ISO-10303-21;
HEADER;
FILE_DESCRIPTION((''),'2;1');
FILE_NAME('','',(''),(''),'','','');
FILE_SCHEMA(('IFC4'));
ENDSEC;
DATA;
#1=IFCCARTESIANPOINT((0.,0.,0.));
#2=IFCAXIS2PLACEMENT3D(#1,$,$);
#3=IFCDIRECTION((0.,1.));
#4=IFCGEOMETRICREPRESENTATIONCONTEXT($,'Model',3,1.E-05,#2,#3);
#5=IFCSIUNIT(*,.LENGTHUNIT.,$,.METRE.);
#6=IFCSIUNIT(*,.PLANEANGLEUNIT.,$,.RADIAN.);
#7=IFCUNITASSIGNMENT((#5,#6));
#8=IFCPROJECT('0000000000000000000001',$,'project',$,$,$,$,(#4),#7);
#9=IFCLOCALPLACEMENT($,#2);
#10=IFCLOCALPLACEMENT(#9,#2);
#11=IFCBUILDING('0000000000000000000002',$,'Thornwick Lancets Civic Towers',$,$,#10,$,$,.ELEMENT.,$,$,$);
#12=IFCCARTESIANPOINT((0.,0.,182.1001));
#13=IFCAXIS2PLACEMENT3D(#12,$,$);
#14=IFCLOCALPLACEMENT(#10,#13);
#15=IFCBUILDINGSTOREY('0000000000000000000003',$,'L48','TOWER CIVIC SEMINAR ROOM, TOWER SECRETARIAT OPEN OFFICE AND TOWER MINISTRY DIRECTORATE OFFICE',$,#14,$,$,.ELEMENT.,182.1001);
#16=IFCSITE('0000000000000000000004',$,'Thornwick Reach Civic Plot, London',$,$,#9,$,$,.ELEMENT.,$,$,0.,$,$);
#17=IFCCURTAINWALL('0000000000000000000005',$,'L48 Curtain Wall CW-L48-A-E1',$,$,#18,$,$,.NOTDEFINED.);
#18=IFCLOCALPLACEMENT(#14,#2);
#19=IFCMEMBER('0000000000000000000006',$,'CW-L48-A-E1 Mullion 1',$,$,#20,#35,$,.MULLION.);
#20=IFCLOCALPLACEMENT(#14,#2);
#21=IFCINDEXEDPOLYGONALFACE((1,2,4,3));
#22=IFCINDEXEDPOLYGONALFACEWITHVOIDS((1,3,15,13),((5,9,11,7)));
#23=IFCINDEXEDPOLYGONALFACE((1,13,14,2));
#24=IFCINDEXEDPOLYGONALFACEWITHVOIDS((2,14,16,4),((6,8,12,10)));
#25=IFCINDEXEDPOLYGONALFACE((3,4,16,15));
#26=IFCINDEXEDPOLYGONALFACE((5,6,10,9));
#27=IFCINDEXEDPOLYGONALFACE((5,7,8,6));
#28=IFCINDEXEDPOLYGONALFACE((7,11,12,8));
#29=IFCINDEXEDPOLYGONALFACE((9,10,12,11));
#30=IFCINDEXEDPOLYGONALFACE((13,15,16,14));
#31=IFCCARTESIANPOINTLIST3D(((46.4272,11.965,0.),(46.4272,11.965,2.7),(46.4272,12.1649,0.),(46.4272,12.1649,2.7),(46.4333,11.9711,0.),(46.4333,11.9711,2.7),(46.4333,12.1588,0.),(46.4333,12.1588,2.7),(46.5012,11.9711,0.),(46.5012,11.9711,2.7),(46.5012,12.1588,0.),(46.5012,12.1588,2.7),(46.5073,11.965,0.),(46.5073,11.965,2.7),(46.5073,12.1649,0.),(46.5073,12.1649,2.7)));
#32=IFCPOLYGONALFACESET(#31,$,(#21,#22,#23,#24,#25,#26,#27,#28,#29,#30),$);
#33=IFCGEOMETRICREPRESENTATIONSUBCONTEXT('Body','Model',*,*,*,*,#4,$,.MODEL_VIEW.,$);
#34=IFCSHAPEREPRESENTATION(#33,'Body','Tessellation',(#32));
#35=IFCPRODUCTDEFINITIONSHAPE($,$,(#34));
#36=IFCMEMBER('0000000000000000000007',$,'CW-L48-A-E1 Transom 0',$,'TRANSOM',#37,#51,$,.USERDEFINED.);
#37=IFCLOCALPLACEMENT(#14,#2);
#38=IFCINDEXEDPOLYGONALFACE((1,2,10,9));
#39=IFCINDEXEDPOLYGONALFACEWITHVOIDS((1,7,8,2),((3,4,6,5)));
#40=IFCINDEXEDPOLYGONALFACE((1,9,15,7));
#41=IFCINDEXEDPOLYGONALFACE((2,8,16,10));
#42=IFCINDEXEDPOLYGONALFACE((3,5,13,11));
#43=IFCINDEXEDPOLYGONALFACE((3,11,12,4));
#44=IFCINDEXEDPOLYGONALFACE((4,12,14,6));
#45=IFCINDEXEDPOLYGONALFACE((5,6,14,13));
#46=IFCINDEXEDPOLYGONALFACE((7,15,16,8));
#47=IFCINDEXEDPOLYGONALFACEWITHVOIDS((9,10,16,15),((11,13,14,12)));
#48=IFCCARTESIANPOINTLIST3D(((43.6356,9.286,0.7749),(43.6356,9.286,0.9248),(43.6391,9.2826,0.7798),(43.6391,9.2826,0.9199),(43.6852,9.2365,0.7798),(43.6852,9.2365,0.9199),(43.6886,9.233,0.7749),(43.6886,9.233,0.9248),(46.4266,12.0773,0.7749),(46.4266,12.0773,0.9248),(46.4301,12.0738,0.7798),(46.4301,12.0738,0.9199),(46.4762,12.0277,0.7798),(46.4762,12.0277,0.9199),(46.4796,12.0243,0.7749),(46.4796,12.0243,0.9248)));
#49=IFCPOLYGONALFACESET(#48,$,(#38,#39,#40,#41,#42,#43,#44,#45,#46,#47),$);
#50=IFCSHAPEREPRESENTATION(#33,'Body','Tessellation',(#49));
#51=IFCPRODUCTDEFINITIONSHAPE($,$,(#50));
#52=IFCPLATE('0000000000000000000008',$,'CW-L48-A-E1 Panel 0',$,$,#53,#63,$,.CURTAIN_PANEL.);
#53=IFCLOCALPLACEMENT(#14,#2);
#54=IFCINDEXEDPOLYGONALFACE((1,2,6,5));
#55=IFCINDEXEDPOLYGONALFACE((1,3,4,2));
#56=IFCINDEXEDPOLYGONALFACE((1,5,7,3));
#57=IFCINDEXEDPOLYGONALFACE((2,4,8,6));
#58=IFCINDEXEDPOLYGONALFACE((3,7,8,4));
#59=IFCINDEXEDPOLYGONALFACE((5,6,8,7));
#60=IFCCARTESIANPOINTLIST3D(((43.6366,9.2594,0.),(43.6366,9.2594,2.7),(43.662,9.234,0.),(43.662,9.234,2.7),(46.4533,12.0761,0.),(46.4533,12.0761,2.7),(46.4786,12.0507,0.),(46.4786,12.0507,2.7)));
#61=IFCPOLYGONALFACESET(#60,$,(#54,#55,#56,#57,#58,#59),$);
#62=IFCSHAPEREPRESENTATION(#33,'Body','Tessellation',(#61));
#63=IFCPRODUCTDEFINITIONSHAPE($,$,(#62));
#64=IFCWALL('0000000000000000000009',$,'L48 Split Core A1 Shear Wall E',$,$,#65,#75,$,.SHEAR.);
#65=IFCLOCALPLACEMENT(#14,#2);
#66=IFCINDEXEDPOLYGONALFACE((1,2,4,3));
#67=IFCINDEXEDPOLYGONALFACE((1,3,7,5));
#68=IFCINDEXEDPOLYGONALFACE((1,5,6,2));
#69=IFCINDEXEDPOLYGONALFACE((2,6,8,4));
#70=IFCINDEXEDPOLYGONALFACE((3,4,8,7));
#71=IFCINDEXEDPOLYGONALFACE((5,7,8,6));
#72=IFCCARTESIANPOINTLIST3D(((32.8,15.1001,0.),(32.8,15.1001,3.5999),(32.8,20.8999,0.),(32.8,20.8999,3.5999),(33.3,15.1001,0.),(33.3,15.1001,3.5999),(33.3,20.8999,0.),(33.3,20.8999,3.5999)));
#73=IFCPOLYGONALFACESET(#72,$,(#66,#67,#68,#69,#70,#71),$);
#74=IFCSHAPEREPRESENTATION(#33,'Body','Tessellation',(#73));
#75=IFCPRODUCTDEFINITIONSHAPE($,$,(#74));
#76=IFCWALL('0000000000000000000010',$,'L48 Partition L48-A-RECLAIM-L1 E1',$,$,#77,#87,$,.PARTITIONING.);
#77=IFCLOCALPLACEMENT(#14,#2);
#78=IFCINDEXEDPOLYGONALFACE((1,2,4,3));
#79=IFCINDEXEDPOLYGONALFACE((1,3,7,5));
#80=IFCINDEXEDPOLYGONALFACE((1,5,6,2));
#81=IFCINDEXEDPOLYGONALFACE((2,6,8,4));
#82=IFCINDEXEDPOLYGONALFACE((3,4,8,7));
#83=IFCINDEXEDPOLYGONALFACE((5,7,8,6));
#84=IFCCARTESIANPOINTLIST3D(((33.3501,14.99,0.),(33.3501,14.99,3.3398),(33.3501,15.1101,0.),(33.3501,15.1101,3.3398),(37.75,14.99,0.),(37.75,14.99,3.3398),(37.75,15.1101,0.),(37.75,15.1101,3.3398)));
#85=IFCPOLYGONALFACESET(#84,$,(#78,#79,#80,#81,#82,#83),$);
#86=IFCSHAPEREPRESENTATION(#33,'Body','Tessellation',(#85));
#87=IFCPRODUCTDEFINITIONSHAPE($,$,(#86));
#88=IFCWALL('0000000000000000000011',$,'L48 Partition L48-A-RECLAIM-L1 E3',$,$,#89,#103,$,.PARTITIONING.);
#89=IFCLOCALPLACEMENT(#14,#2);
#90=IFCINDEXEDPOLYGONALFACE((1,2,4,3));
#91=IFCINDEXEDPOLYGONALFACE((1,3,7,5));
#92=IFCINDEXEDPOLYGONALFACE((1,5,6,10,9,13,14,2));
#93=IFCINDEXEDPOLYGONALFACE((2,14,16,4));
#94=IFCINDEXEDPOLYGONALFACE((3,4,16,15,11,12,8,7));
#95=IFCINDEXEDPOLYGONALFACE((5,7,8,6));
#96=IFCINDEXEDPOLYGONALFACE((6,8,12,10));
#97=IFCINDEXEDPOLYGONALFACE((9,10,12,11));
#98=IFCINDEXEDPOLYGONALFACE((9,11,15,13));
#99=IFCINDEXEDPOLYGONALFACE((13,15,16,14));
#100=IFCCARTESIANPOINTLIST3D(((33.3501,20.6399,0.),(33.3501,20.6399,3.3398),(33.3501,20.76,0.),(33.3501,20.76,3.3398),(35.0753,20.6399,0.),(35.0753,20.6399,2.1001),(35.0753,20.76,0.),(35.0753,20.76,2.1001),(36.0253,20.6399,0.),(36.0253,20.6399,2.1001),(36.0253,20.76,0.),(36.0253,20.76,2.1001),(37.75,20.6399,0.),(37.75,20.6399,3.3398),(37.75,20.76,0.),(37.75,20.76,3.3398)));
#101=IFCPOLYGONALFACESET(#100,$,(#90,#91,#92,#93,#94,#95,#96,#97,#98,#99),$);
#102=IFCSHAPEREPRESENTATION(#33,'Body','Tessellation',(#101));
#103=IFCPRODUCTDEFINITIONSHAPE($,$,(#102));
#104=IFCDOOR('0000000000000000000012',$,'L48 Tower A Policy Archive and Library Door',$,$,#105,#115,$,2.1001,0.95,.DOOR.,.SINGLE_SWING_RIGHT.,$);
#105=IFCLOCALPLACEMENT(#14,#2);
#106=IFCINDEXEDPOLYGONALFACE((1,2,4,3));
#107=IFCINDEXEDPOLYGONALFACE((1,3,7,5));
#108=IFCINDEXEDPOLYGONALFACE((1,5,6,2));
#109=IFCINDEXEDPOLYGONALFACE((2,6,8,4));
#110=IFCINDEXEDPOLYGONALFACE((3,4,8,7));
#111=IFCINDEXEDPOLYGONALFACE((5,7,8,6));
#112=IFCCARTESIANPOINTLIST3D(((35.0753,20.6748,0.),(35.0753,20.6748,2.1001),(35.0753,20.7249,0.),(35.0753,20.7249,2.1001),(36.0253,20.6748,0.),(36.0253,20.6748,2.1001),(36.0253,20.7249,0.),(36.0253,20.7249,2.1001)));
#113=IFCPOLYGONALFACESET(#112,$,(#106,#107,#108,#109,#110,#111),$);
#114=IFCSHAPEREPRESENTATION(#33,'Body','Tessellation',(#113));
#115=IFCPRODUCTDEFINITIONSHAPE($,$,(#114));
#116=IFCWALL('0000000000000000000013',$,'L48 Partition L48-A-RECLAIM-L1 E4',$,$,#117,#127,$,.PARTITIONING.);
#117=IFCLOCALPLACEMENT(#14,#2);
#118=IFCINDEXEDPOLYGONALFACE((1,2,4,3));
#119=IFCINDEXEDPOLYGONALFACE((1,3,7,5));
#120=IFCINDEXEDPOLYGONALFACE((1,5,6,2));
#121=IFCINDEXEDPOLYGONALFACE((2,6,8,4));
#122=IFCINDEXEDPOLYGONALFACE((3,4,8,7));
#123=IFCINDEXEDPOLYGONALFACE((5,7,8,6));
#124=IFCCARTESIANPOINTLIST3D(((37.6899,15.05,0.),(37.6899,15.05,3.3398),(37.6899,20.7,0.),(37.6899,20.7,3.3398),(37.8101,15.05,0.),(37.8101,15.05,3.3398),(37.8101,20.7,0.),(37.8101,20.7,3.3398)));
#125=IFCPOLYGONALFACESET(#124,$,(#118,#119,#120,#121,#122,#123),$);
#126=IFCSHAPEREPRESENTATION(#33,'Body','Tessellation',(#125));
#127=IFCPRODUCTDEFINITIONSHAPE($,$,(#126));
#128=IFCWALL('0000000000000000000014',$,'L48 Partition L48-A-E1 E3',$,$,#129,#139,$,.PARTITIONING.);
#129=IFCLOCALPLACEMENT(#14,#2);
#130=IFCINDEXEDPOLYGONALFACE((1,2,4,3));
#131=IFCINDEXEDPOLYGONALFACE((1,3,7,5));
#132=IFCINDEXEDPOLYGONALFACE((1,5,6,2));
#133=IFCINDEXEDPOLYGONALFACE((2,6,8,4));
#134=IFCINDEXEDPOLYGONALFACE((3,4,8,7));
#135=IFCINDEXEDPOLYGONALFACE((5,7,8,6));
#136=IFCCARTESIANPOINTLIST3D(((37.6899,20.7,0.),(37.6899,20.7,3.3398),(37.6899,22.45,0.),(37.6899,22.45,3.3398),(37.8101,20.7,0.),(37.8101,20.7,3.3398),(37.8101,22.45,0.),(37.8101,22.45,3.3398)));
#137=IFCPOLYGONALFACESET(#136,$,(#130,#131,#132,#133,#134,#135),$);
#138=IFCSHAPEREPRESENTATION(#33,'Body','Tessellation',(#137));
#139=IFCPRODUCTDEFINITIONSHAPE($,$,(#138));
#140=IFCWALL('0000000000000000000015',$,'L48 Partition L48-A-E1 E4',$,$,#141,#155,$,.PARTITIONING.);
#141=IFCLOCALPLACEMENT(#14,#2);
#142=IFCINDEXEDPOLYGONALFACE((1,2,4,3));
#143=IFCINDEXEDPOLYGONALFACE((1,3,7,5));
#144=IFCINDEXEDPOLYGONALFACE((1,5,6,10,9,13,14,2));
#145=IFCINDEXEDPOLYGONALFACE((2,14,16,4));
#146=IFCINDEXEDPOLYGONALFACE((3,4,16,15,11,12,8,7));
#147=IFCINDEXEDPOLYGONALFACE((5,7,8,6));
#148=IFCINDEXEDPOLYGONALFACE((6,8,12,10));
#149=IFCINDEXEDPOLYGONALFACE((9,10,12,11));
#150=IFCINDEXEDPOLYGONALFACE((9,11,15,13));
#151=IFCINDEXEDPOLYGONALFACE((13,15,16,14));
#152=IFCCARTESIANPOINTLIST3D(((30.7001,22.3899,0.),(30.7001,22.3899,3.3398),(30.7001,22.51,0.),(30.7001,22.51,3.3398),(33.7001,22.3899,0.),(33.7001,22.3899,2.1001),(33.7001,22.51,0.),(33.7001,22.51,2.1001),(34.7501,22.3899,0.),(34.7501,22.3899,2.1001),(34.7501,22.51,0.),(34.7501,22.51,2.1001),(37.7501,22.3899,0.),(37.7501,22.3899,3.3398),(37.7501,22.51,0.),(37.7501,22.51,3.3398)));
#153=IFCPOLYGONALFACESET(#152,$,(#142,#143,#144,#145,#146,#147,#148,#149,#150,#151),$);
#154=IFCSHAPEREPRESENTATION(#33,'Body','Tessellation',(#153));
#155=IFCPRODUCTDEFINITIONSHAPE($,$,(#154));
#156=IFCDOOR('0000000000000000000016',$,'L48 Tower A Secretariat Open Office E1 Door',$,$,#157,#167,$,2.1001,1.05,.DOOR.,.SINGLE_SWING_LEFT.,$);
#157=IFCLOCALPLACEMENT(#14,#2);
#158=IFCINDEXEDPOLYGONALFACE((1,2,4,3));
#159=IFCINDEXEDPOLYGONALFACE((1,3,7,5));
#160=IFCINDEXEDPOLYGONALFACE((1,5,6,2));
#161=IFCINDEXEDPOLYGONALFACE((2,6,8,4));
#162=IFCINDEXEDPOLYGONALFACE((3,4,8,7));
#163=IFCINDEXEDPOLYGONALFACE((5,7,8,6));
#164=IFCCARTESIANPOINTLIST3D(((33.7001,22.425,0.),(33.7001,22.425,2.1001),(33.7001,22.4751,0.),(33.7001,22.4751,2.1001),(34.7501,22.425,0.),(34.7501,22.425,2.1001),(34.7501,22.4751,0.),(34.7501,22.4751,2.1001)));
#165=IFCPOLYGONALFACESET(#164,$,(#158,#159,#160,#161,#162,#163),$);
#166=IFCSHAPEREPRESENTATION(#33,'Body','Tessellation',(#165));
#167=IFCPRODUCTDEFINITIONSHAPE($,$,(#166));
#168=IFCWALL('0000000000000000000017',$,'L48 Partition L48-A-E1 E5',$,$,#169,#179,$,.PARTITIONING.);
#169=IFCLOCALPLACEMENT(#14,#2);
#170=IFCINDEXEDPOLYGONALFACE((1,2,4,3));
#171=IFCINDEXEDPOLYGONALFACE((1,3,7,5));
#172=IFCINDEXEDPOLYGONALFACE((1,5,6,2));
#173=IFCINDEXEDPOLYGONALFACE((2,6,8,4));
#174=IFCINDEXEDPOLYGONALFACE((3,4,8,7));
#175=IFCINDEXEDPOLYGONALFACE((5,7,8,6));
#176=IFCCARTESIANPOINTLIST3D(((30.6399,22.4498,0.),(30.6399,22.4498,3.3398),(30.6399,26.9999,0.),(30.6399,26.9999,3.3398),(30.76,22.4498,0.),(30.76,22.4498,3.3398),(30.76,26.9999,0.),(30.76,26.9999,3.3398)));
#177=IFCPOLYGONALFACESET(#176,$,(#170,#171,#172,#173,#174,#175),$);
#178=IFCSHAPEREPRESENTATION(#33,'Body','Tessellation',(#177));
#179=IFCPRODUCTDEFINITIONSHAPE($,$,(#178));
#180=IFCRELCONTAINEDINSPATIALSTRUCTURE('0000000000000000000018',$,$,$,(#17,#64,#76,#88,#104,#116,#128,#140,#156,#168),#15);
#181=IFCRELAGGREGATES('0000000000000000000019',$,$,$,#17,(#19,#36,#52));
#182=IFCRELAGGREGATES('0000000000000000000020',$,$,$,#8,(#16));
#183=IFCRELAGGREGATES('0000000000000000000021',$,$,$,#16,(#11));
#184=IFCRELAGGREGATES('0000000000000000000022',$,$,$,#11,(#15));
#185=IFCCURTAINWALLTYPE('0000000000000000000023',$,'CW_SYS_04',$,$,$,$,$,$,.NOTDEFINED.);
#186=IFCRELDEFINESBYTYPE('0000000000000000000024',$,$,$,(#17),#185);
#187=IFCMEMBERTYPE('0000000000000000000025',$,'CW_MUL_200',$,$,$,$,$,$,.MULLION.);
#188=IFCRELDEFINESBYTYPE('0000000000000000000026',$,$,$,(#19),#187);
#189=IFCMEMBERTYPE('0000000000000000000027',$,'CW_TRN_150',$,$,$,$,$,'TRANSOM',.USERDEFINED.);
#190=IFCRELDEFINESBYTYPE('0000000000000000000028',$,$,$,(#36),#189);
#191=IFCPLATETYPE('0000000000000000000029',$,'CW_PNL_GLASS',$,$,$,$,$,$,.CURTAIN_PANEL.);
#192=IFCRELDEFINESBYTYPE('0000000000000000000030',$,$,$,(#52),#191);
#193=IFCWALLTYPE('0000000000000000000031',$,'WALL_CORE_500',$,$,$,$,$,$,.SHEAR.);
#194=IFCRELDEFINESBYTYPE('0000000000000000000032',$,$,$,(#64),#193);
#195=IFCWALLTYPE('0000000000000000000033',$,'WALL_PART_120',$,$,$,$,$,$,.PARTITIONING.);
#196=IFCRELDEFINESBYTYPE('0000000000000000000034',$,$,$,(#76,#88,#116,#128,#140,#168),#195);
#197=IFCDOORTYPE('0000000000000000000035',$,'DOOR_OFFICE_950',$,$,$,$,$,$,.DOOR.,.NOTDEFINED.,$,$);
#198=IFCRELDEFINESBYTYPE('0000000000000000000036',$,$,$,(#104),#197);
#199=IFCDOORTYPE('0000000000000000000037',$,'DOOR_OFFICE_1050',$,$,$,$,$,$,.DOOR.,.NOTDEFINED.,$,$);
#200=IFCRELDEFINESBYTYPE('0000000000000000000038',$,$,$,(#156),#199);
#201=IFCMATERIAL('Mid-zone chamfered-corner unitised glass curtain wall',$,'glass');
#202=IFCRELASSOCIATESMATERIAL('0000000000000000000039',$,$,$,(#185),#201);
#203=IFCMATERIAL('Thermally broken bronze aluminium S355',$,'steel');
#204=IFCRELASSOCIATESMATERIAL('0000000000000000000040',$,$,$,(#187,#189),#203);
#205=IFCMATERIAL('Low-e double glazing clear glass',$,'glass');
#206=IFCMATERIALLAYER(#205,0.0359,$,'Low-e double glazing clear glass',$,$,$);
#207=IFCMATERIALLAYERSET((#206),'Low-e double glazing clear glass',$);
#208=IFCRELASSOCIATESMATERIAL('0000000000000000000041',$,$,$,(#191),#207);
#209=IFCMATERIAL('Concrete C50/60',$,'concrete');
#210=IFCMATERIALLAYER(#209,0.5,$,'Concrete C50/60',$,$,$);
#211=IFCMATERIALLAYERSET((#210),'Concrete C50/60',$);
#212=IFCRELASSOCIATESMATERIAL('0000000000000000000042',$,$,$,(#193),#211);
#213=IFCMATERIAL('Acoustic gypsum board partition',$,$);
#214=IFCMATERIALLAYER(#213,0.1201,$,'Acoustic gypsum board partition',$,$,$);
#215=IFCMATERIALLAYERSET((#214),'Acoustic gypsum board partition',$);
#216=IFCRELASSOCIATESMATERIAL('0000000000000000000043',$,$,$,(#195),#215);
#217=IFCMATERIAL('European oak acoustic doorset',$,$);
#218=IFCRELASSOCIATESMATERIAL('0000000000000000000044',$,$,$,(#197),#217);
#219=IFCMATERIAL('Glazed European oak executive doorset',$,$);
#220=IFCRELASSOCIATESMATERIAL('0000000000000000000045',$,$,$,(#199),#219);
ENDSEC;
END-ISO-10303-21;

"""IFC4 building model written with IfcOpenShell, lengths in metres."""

from ifc_helpers import new_model, si_unit, direction, frame, frame_2d, origin, origin_2d, place, context, subcontext, project, spatial, rectangle, hollow_rectangle, extrude, material, layer, layer_set, material_profile, profile_set, type_object, element, fill, aggregate, save


model = new_model("IFC4")

# Units and contexts
model_context = context("Model", 3, precision=1e-05, world=origin(), true_north=direction((0.0, 1.0)))
body_context = subcontext(model_context, "Body", "Model", "MODEL_VIEW")
ifc_project = project(units=[si_unit("LENGTHUNIT", "METRE"), si_unit("PLANEANGLEUNIT", "RADIAN")], contexts=[model_context])

# Site, building, storey
site_placement = place(None, origin())
site = spatial("IfcSite", under=ifc_project, at=site_placement, Name="Thornwick Reach Civic Plot, London", CompositionType="ELEMENT", RefElevation=0.0)
building_placement = place(site_placement, origin())
building = spatial("IfcBuilding", under=site, at=building_placement, Name="Thornwick Lancets Civic Towers", CompositionType="ELEMENT")
storey_placement = place(building_placement, frame((0.0, 0.0, 182.1001)))
storey = spatial("IfcBuildingStorey", under=building, at=storey_placement, Name="L48", Description="TOWER CIVIC SEMINAR ROOM, TOWER SECRETARIAT OPEN OFFICE AND TOWER MINISTRY DIRECTORATE OFFICE", CompositionType="ELEMENT", Elevation=182.1001)

# Shared definitions
ifc_material_1 = material(Name="Concrete C50/60", Category="concrete")

# Curtain wall, members, plate
ifc_material_2 = material(Name="Mid-zone chamfered-corner unitised glass curtain wall", Category="glass")
curtain_wall_type = type_object("IfcCurtainWallType", Name="CW_SYS_04", PredefinedType="NOTDEFINED", material=ifc_material_2)
curtain_wall_placement = place(storey_placement, origin())
curtain_wall = element("IfcCurtainWall", 1, at=curtain_wall_placement, inside=storey, type_object=curtain_wall_type, Name="L48 Curtain Wall CW-L48-A-E1", PredefinedType="NOTDEFINED")
ifc_material_3 = material(Name="Thermally broken bronze aluminium S355", Category="steel")
ifc_material_profile_1 = material_profile(ifc_material_3, hollow_rectangle(XDim=0.0801, YDim=0.2, WallThickness=0.0061, at=origin_2d()), Name="RHS 200x80x6")
ifc_profile_set_1 = profile_set([ifc_material_profile_1], Name="Thermally broken bronze aluminium S355")
member_type_1 = type_object("IfcMemberType", Name="CW_MUL_200", PredefinedType="MULLION", material=ifc_profile_set_1)
member_1_placement = place(storey_placement, frame((46.4673, 12.0649, 0.0), z_axis=(0.0, 0.0, 1.0), x_axis=(1.0, 0.0, 0.0)))
member_1 = element("IfcMember", 2, at=member_1_placement, type_object=member_type_1, Name="CW-L48-A-E1 Mullion 1", PredefinedType="MULLION", context=body_context, shape_type="SweptSolid", body=[
    extrude(hollow_rectangle(XDim=0.0801, YDim=0.2, WallThickness=0.0061, at=origin_2d()), origin(), (0.0, 0.0, 1.0), 2.7),
])
ifc_material_profile_2 = material_profile(ifc_material_3, hollow_rectangle(XDim=0.075, YDim=0.1499, WallThickness=0.0049, at=origin_2d()), Name="RHS 150x75x5")
ifc_profile_set_2 = profile_set([ifc_material_profile_2], Name="Thermally broken bronze aluminium S355")
member_type_2 = type_object("IfcMemberType", Name="CW_TRN_150", ElementType="TRANSOM", PredefinedType="USERDEFINED", material=ifc_profile_set_2)
member_2_placement = place(storey_placement, frame((43.6621, 9.2595, 0.8499), z_axis=(0.707076, 0.707138, 0.0), x_axis=(-0.707138, 0.707076, 0.0)))
member_2 = element("IfcMember", 3, at=member_2_placement, type_object=member_type_2, Name="CW-L48-A-E1 Transom 0", ObjectType="TRANSOM", PredefinedType="USERDEFINED", context=body_context, shape_type="SweptSolid", body=[
    extrude(hollow_rectangle(XDim=0.075, YDim=0.1499, WallThickness=0.0049, at=origin_2d()), origin(), (0.0, 0.0, 1.0), 3.9473),
])
ifc_material_4 = material(Name="Low-e double glazing clear glass", Category="glass")
ifc_layer_1 = layer(ifc_material_4, 0.0359, Name="Low-e double glazing clear glass")
ifc_layer_set_1 = layer_set([ifc_layer_1], Name="Low-e double glazing clear glass")
plate_type = type_object("IfcPlateType", Name="CW_PNL_GLASS", PredefinedType="CURTAIN_PANEL", material=ifc_layer_set_1)
plate_placement = place(storey_placement, frame((45.0576, 10.655, 0.0), z_axis=(0.0, 0.0, 1.0), x_axis=(0.707107, 0.707107, 0.0)))
plate = element("IfcPlate", 4, at=plate_placement, type_object=plate_type, Name="CW-L48-A-E1 Panel 0", PredefinedType="CURTAIN_PANEL", context=body_context, shape_type="SweptSolid", body=[
    extrude(rectangle(XDim=3.9834, YDim=0.0359, at=origin_2d()), origin(), (0.0, 0.0, 1.0), 2.7),
])
aggregate(curtain_wall, [member_1, member_2, plate])

# Walls
ifc_layer_2 = layer(ifc_material_1, 0.5, Name="Concrete C50/60")
ifc_layer_set_2 = layer_set([ifc_layer_2], Name="Concrete C50/60")
wall_type_1 = type_object("IfcWallType", Name="WALL_CORE_500", PredefinedType="SHEAR", material=ifc_layer_set_2)
wall_1_placement = place(storey_placement, frame((33.05, 15.1001, 0.0), z_axis=(0.0, 0.0, 1.0), x_axis=(0.0, 1.0, 0.0)))
element("IfcWall", 5, at=wall_1_placement, inside=storey, type_object=wall_type_1, Name="L48 Split Core A1 Shear Wall E", PredefinedType="SHEAR", context=body_context, shape_type="SweptSolid", body=[
    extrude(rectangle(XDim=5.7998, YDim=0.5, at=frame_2d((2.8999, 0.0))), origin(), (0.0, 0.0, 1.0), 3.5999),
])
ifc_material_5 = material(Name="Acoustic gypsum board partition")
ifc_layer_3 = layer(ifc_material_5, 0.1201, Name="Acoustic gypsum board partition")
ifc_layer_set_3 = layer_set([ifc_layer_3], Name="Acoustic gypsum board partition")
wall_type_2 = type_object("IfcWallType", Name="WALL_PART_120", PredefinedType="PARTITIONING", material=ifc_layer_set_3)
wall_2_placement = place(storey_placement, frame((37.75, 15.05, 0.0), z_axis=(0.0, 0.0, 1.0), x_axis=(-1.0, 0.0, 0.0)))
element("IfcWall", 6, at=wall_2_placement, inside=storey, type_object=wall_type_2, Name="L48 Partition L48-A-RECLAIM-L1 E1", PredefinedType="PARTITIONING", context=body_context, shape_type="SweptSolid", body=[
    extrude(rectangle(XDim=4.3999, YDim=0.1201, at=frame_2d((2.2, 0.0))), origin(), (0.0, 0.0, 1.0), 3.3398),
])

# Wall, opening, door
wall_3_placement = place(storey_placement, frame((33.3501, 20.7, 0.0), z_axis=(0.0, 0.0, 1.0), x_axis=(1.0, 0.0, 0.0)))
wall_3 = element("IfcWall", 7, at=wall_3_placement, inside=storey, type_object=wall_type_2, Name="L48 Partition L48-A-RECLAIM-L1 E3", PredefinedType="PARTITIONING", context=body_context, shape_type="SweptSolid", body=[
    extrude(rectangle(XDim=4.3999, YDim=0.1201, at=frame_2d((2.2, 0.0))), origin(), (0.0, 0.0, 1.0), 3.3398),
])
opening_1_placement = place(wall_3_placement, frame((1.7251, 0.0, 0.0)))
opening_1 = element("IfcOpeningElement", 8, at=opening_1_placement, cuts=wall_3, PredefinedType="OPENING", context=body_context, shape_type="SweptSolid", body=[
    extrude(rectangle(XDim=0.95, YDim=2.1001, at=frame_2d((0.4751, 1.05))), frame((0.0, 0.0701, 0.0), z_axis=(0.0, -1.0, 0.0), x_axis=(1.0, 0.0, 0.0)), (0.0, 0.0, 1.0), 0.1401),
])
ifc_material_6 = material(Name="European oak acoustic doorset")
door_type_1 = type_object("IfcDoorType", Name="DOOR_OFFICE_950", OperationType="NOTDEFINED", PredefinedType="DOOR", material=ifc_material_6)
door_1_placement = place(opening_1_placement, origin())
door_1 = element("IfcDoor", 9, at=door_1_placement, inside=storey, type_object=door_type_1, Name="L48 Tower A Policy Archive and Library Door", OperationType="SINGLE_SWING_RIGHT", OverallHeight=2.1001, OverallWidth=0.95, PredefinedType="DOOR", context=body_context, shape_type="SweptSolid", body=[
    extrude(rectangle(XDim=0.95, YDim=2.1001, at=frame_2d((0.4751, 1.05))), frame((0.0, 0.0249, 0.0), z_axis=(0.0, -1.0, 0.0), x_axis=(1.0, 0.0, 0.0)), (0.0, 0.0, 1.0), 0.05),
])
fill(opening_1, door_1)

# Walls
wall_4_placement = place(storey_placement, frame((37.75, 20.7, 0.0), z_axis=(0.0, 0.0, 1.0), x_axis=(0.0, -1.0, 0.0)))
element("IfcWall", 10, at=wall_4_placement, inside=storey, type_object=wall_type_2, Name="L48 Partition L48-A-RECLAIM-L1 E4", PredefinedType="PARTITIONING", context=body_context, shape_type="SweptSolid", body=[
    extrude(rectangle(XDim=5.6499, YDim=0.1201, at=frame_2d((2.825, 0.0))), origin(), (0.0, 0.0, 1.0), 3.3398),
])
wall_5_placement = place(storey_placement, frame((37.75, 20.7, 0.0), z_axis=(0.0, 0.0, 1.0), x_axis=(0.0, 1.0, 0.0)))
element("IfcWall", 11, at=wall_5_placement, inside=storey, type_object=wall_type_2, Name="L48 Partition L48-A-E1 E3", PredefinedType="PARTITIONING", context=body_context, shape_type="SweptSolid", body=[
    extrude(rectangle(XDim=1.75, YDim=0.1201, at=frame_2d((0.875, 0.0))), origin(), (0.0, 0.0, 1.0), 3.3398),
])

# Wall, opening, door
wall_6_placement = place(storey_placement, frame((37.75, 22.45, 0.0), z_axis=(0.0, 0.0, 1.0), x_axis=(-1.0, 0.0, 0.0)))
wall_6 = element("IfcWall", 12, at=wall_6_placement, inside=storey, type_object=wall_type_2, Name="L48 Partition L48-A-E1 E4", PredefinedType="PARTITIONING", context=body_context, shape_type="SweptSolid", body=[
    extrude(rectangle(XDim=7.05, YDim=0.1201, at=frame_2d((3.5249, 0.0))), origin(), (0.0, 0.0, 1.0), 3.3398),
])
opening_2_placement = place(wall_6_placement, frame((3.0, 0.0, 0.0)))
opening_2 = element("IfcOpeningElement", 13, at=opening_2_placement, cuts=wall_6, PredefinedType="OPENING", context=body_context, shape_type="SweptSolid", body=[
    extrude(rectangle(XDim=1.05, YDim=2.1001, at=frame_2d((0.5249, 1.05))), frame((0.0, 0.0701, 0.0), z_axis=(0.0, -1.0, 0.0), x_axis=(1.0, 0.0, 0.0)), (0.0, 0.0, 1.0), 0.1401),
])
ifc_material_7 = material(Name="Glazed European oak executive doorset")
door_type_2 = type_object("IfcDoorType", Name="DOOR_OFFICE_1050", OperationType="NOTDEFINED", PredefinedType="DOOR", material=ifc_material_7)
door_2_placement = place(opening_2_placement, origin())
door_2 = element("IfcDoor", 14, at=door_2_placement, inside=storey, type_object=door_type_2, Name="L48 Tower A Secretariat Open Office E1 Door", OperationType="SINGLE_SWING_LEFT", OverallHeight=2.1001, OverallWidth=1.05, PredefinedType="DOOR", context=body_context, shape_type="SweptSolid", body=[
    extrude(rectangle(XDim=1.05, YDim=2.1001, at=frame_2d((0.5249, 1.05))), frame((0.0, 0.0249, 0.0), z_axis=(0.0, -1.0, 0.0), x_axis=(1.0, 0.0, 0.0)), (0.0, 0.0, 1.0), 0.05),
])
fill(opening_2, door_2)

# Wall
wall_7_placement = place(storey_placement, frame((30.7, 22.45, 0.0), z_axis=(0.0, 0.0, 1.0), x_axis=(0.0, 1.0, 0.0)))
element("IfcWall", 15, at=wall_7_placement, inside=storey, type_object=wall_type_2, Name="L48 Partition L48-A-E1 E5", PredefinedType="PARTITIONING", context=body_context, shape_type="SweptSolid", body=[
    extrude(rectangle(XDim=4.55, YDim=0.1201, at=frame_2d((2.2749, 0.0))), origin(), (0.0, 0.0, 1.0), 3.3398),
])

save(model, "model.ifc")
